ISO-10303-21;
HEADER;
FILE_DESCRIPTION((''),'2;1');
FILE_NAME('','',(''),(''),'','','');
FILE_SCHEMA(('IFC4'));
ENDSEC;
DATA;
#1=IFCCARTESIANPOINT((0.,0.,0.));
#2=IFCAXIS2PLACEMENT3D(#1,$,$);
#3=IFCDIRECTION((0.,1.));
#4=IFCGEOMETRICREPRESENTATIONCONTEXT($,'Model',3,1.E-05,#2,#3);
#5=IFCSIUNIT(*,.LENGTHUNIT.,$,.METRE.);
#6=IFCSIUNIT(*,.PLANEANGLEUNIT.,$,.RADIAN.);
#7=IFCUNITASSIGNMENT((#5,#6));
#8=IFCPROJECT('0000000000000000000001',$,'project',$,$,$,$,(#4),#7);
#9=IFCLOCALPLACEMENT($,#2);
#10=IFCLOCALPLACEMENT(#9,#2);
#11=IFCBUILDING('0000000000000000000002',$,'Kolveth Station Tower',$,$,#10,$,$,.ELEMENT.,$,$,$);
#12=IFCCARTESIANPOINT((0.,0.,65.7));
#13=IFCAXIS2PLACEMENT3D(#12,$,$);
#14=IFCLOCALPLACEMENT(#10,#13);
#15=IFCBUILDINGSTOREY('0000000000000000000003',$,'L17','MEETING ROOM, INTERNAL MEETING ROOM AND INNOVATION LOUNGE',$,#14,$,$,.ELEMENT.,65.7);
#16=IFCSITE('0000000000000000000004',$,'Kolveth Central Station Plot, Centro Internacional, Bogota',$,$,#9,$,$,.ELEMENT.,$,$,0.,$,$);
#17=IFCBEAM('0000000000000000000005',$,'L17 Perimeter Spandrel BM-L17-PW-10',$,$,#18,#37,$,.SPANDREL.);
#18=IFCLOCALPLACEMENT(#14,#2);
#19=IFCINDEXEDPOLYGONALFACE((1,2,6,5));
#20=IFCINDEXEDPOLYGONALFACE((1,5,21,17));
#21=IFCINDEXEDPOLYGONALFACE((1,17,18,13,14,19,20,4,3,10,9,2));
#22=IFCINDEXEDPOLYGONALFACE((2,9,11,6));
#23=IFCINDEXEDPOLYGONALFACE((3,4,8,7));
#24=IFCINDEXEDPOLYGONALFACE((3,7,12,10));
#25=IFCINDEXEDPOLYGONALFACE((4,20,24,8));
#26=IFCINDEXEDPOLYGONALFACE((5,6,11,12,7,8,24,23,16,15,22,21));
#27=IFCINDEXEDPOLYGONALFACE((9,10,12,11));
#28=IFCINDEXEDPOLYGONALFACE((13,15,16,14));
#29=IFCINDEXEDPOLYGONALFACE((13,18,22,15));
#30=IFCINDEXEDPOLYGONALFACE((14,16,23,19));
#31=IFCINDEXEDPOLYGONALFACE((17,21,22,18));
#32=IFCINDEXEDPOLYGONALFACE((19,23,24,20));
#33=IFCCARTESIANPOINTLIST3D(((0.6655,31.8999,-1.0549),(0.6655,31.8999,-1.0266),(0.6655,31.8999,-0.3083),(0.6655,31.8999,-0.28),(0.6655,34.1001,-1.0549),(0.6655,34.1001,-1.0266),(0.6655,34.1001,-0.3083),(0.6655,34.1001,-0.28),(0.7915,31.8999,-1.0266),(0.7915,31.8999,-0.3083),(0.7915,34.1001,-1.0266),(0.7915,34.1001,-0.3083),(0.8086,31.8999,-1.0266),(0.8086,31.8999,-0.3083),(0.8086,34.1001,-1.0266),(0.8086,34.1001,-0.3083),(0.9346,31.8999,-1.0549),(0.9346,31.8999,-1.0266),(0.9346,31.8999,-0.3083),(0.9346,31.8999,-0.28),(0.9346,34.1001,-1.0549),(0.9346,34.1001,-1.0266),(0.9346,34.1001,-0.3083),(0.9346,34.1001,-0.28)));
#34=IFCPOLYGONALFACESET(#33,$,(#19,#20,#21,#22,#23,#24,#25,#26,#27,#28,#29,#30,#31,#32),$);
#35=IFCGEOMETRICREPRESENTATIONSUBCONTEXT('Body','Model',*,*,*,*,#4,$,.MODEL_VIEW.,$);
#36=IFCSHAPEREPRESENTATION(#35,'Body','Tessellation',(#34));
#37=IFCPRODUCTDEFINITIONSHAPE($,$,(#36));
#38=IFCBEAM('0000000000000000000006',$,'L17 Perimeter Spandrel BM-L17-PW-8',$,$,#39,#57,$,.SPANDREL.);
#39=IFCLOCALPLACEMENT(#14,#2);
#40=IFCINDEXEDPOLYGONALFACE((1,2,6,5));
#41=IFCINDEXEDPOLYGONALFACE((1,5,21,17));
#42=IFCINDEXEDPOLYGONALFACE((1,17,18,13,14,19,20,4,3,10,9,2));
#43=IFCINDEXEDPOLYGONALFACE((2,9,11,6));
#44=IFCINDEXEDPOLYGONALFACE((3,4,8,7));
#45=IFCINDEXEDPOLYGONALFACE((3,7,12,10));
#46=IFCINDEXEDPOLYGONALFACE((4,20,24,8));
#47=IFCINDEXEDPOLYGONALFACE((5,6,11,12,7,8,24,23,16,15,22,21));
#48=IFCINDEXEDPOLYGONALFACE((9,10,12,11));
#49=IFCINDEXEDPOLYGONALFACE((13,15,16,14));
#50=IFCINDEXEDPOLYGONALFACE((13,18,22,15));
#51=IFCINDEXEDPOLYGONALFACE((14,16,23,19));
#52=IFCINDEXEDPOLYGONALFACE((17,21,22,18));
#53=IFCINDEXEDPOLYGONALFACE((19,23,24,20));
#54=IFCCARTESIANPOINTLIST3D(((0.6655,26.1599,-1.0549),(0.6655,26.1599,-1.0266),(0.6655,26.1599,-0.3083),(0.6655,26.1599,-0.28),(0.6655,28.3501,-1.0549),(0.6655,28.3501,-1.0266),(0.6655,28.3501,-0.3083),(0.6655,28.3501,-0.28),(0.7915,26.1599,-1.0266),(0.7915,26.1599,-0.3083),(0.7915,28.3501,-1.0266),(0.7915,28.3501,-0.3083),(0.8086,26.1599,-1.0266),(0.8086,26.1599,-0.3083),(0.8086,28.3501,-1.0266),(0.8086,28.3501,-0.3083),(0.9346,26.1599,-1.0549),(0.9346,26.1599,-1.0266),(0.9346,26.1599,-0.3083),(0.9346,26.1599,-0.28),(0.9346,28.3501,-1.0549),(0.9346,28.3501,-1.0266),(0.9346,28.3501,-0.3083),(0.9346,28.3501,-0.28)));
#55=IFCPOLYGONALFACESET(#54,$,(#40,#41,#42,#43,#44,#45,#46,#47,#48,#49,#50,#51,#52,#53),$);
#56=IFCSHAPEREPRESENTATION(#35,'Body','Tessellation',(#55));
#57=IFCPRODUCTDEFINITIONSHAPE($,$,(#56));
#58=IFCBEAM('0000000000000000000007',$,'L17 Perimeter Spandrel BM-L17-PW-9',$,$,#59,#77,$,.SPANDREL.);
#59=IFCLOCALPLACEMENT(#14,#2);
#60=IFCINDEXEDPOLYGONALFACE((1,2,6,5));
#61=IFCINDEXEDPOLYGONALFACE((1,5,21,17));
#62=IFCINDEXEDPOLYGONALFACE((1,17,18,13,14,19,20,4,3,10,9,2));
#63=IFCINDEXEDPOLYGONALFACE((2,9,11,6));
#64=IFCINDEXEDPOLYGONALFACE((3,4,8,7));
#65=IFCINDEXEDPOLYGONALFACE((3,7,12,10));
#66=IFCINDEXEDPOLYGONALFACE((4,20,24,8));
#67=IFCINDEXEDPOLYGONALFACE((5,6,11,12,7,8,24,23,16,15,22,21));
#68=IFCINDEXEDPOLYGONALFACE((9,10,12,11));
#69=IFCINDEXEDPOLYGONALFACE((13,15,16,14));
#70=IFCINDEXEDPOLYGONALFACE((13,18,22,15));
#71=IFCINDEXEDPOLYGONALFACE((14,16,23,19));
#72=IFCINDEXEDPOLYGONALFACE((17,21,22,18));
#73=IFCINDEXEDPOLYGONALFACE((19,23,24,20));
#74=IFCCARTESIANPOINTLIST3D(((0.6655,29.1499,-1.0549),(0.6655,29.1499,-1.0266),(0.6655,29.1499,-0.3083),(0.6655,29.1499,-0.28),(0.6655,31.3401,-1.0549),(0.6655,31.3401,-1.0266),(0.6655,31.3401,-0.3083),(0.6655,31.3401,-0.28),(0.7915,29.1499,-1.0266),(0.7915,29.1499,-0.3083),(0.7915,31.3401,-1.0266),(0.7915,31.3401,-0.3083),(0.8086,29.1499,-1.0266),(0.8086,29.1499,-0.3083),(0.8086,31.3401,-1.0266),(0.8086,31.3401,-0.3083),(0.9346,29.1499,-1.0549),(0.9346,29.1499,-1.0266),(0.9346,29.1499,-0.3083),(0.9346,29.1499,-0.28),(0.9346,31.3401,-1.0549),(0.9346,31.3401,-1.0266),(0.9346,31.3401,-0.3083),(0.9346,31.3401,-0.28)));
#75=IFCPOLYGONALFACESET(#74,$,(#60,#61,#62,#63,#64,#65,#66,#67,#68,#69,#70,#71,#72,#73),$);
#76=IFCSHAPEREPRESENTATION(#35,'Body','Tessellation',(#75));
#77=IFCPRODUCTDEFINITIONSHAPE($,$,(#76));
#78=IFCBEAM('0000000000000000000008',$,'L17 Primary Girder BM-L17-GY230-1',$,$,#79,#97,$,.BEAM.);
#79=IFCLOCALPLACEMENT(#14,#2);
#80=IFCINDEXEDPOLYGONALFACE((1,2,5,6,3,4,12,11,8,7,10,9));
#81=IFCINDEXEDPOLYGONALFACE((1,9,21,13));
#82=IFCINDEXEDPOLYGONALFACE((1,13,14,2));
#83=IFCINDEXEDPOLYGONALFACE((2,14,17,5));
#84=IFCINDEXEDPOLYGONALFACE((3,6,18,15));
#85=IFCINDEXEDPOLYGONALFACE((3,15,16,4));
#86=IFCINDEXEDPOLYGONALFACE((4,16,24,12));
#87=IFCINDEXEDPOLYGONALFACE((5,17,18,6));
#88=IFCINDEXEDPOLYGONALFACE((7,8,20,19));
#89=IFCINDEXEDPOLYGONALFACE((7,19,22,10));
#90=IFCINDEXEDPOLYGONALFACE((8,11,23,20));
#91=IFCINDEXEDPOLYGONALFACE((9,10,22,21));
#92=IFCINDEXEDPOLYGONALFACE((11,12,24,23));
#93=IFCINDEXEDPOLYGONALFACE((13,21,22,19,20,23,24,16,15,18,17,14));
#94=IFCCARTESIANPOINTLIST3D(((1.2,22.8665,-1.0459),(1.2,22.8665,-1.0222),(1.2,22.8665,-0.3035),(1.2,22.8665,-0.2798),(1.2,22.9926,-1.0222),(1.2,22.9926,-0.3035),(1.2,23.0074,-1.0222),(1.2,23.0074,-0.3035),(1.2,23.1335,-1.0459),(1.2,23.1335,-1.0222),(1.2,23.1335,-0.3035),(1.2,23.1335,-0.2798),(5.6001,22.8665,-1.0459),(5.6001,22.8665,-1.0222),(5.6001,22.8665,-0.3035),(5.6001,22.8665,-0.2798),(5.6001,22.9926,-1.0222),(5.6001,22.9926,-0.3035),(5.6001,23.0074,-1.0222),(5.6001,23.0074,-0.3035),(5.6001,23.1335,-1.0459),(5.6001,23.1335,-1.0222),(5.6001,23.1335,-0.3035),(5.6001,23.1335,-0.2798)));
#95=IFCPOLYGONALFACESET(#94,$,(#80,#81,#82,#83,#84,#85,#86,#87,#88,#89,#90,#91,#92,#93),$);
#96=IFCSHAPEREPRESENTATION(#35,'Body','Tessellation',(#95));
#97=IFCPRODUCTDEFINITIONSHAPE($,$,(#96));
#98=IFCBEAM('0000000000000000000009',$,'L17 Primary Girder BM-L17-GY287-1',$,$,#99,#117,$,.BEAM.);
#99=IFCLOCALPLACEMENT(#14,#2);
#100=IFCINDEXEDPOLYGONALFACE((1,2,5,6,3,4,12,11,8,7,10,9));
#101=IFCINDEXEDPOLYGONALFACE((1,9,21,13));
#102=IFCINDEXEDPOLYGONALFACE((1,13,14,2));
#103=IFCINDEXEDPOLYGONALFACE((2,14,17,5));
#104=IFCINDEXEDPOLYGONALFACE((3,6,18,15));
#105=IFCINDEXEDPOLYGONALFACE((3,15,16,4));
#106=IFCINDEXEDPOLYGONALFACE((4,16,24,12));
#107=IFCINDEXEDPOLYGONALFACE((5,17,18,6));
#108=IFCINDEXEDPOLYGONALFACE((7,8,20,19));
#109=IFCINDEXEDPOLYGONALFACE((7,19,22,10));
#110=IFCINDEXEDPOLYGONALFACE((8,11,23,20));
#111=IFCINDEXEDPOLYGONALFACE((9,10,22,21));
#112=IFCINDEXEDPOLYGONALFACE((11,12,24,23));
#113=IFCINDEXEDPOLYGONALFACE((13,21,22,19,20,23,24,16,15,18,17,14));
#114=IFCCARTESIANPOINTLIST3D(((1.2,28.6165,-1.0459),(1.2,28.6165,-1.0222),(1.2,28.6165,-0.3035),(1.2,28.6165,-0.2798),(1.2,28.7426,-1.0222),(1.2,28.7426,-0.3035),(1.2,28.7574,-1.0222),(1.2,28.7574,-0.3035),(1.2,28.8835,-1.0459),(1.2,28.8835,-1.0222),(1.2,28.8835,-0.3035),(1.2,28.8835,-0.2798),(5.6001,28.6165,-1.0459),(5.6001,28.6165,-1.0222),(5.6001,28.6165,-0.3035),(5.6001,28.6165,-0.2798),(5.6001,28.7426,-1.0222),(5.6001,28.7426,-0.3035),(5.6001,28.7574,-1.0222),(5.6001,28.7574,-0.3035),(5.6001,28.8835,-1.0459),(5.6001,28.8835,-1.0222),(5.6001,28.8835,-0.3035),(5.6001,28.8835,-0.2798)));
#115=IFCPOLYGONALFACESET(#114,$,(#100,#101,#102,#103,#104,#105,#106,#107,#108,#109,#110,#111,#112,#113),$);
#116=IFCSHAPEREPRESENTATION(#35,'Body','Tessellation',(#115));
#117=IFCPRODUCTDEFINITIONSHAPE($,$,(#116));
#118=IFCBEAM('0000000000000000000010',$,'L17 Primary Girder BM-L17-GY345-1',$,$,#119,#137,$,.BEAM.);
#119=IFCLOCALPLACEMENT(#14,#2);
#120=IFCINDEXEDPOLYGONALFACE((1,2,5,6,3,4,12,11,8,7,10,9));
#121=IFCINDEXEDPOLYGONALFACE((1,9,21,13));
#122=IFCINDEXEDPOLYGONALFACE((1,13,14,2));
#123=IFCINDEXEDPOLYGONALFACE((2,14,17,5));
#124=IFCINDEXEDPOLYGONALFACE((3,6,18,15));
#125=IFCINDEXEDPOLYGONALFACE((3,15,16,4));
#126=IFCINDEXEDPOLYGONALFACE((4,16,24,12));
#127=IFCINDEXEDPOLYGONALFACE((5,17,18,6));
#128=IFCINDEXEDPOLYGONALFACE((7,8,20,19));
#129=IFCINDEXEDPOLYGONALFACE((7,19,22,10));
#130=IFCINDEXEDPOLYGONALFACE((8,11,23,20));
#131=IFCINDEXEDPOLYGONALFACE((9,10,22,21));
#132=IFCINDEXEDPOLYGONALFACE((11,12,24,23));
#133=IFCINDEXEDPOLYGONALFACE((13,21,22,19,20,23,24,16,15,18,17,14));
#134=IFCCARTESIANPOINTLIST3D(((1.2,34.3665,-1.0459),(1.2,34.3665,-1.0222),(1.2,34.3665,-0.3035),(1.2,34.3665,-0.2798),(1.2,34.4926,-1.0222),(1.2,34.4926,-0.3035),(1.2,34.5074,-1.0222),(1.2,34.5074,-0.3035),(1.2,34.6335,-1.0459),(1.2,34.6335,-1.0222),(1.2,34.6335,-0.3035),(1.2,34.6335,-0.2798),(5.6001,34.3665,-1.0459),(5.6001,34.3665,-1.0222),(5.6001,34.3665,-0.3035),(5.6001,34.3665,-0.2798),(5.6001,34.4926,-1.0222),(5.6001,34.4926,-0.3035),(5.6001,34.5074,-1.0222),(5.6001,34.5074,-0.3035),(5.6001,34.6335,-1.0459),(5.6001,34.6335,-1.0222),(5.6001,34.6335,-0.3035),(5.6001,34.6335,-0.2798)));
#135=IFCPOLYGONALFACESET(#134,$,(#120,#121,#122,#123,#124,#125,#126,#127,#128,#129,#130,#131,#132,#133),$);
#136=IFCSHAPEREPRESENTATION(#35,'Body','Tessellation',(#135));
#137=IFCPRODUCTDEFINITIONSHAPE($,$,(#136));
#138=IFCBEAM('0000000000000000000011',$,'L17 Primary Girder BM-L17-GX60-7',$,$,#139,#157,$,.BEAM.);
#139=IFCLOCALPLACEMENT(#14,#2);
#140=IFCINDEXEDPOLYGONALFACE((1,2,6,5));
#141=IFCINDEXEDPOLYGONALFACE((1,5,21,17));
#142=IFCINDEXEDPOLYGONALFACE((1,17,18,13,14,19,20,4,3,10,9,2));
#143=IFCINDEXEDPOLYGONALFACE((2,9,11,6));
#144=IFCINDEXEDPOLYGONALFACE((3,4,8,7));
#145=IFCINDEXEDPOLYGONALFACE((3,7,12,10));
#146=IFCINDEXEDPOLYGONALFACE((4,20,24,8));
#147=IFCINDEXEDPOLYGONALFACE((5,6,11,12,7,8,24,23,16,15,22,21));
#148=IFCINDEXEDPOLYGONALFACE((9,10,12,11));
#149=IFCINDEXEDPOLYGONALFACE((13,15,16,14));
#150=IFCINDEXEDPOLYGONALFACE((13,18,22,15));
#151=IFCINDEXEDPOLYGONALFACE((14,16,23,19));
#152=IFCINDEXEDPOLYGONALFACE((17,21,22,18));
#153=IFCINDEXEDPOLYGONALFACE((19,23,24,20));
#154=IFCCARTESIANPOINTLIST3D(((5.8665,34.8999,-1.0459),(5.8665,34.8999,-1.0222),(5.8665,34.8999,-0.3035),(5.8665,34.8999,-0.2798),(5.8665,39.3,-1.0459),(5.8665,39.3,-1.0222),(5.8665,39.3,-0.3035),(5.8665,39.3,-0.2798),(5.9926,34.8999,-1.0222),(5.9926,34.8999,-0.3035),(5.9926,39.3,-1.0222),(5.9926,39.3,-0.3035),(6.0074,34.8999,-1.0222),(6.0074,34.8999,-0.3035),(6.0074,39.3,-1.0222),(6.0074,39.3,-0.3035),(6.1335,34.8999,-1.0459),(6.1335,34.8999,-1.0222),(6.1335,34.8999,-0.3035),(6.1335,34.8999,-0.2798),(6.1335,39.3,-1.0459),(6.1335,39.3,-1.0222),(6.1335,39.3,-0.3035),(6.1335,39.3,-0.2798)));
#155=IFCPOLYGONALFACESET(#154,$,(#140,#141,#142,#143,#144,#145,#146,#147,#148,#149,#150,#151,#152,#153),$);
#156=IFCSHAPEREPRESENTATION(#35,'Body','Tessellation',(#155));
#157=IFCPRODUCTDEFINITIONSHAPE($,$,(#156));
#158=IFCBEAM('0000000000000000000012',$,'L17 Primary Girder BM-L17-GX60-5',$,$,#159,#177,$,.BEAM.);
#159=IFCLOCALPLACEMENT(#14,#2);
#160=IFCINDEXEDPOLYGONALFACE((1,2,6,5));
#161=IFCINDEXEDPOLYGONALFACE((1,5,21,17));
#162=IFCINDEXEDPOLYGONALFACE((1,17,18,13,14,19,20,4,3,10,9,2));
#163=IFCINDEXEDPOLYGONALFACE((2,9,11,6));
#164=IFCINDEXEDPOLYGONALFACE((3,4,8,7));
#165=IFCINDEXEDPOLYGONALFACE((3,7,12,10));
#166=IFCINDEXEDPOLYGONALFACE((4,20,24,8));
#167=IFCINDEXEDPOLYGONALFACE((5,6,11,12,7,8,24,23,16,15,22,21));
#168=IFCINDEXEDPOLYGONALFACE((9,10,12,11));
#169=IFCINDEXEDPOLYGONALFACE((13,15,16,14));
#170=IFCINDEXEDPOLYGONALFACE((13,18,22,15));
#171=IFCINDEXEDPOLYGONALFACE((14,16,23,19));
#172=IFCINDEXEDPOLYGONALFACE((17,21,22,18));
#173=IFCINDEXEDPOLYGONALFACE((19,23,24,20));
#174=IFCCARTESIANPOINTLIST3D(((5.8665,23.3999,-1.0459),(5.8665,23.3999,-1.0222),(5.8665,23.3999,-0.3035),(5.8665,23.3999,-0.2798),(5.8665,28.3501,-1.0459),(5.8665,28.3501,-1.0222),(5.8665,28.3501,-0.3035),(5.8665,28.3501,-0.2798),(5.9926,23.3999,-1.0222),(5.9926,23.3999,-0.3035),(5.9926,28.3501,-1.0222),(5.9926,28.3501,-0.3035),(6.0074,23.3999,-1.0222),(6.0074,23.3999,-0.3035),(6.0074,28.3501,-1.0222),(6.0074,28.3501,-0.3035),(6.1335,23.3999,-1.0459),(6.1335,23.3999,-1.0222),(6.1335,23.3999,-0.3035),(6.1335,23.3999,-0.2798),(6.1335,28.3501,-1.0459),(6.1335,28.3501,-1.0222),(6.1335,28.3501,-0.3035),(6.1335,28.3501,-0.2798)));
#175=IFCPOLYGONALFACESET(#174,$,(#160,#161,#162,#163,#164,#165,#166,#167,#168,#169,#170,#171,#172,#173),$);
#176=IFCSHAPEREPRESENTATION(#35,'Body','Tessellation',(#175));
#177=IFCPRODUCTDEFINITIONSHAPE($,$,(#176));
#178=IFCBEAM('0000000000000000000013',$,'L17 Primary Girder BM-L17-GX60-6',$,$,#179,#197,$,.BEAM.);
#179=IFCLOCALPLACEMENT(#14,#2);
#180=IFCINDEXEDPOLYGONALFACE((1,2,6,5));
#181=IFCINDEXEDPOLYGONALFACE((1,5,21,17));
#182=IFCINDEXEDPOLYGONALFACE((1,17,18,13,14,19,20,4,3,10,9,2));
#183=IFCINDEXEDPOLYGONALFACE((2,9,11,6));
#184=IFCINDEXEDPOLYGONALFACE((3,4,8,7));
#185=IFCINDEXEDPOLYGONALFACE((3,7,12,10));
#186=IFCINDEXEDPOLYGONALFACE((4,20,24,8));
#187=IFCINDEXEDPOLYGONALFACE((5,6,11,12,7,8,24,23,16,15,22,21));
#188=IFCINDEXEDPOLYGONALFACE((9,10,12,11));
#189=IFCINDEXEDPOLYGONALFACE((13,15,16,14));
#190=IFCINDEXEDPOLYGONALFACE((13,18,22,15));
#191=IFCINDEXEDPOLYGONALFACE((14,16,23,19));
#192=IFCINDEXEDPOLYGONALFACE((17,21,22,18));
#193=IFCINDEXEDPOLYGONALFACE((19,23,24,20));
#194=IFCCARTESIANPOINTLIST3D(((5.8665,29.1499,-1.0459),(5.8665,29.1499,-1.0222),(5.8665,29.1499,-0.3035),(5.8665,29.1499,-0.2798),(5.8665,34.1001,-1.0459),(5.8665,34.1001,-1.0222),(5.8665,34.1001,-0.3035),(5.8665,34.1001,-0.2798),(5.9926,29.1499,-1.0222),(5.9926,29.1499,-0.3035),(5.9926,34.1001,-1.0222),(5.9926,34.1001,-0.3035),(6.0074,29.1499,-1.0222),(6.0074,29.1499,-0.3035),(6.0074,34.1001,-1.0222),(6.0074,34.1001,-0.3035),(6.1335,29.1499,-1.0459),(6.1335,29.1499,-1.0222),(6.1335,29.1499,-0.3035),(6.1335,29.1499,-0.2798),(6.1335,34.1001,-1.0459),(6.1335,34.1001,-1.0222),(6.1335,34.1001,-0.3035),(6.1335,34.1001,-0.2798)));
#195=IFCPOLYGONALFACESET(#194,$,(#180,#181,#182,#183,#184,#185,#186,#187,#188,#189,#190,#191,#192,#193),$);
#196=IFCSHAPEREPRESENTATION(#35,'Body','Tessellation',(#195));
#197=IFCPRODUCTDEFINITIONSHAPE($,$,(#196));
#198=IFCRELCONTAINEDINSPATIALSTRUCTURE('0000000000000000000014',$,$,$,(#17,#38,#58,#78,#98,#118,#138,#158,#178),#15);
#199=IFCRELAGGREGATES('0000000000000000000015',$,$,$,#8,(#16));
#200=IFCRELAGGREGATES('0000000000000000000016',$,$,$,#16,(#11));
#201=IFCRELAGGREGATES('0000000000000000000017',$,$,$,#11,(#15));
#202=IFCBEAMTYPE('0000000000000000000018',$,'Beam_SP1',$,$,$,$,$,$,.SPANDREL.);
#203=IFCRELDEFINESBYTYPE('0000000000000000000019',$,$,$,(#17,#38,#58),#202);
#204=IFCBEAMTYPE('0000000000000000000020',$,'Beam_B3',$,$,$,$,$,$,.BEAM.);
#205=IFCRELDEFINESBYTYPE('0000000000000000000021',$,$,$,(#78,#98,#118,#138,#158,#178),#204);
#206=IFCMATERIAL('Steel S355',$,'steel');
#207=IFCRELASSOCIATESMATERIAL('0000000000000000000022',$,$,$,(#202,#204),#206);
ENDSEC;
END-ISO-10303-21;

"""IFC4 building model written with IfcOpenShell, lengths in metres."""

from ifc_helpers import new_model, si_unit, direction, frame, origin, origin_2d, place, context, subcontext, project, spatial, i_section, extrude, source, transform, mapped, material, material_profile, profile_set, type_object, element, save


model = new_model("IFC4")

# Units and contexts
model_context = context("Model", 3, precision=1e-05, world=origin(), true_north=direction((0.0, 1.0)))
body_context = subcontext(model_context, "Body", "Model", "MODEL_VIEW")
ifc_project = project(units=[si_unit("LENGTHUNIT", "METRE"), si_unit("PLANEANGLEUNIT", "RADIAN")], contexts=[model_context])

# Site, building, storey
site_placement = place(None, origin())
site = spatial("IfcSite", under=ifc_project, at=site_placement, Name="Kolveth Central Station Plot, Centro Internacional, Bogota", CompositionType="ELEMENT", RefElevation=0.0)
building_placement = place(site_placement, origin())
building = spatial("IfcBuilding", under=site, at=building_placement, Name="Kolveth Station Tower", CompositionType="ELEMENT")
storey_placement = place(building_placement, frame((0.0, 0.0, 65.7)))
storey = spatial("IfcBuildingStorey", under=building, at=storey_placement, Name="L17", Description="MEETING ROOM, INTERNAL MEETING ROOM AND INNOVATION LOUNGE", CompositionType="ELEMENT", Elevation=65.7)

# Shared definitions
ifc_material_1 = material(Name="Steel S355", Category="steel")

# Beams
ifc_material_profile_1 = material_profile(ifc_material_1, i_section(OverallWidth=0.269, OverallDepth=0.7749, WebThickness=0.0171, FlangeThickness=0.0283, at=origin_2d()), Name="W760x220")
ifc_profile_set_1 = profile_set([ifc_material_profile_1], Name="Steel S355")
beam_type_1 = type_object("IfcBeamType", Name="Beam_SP1", PredefinedType="SPANDREL", material=ifc_profile_set_1)
shared_shape_1 = source(origin(), body_context, "Body", "SweptSolid", [
    extrude(i_section(OverallWidth=0.269, OverallDepth=0.7749, WebThickness=0.0171, FlangeThickness=0.0283, at=origin_2d()), origin(), (0.0, 0.0, 1.0), 2.2002),
])
for number, where, z_axis, x_axis, name in (
    (1, (0.8, 31.8999, -0.6675), (0.0, 1.0, 0.0), (-1.0, 0.0, 0.0), "L17 Perimeter Spandrel BM-L17-PW-10"),
):
    element("IfcBeam", number, at=place(storey_placement, frame(where, z_axis=z_axis, x_axis=x_axis)), inside=storey, type_object=beam_type_1, Name=name, PredefinedType="SPANDREL", context=body_context, shape_type="MappedRepresentation", body=[
        mapped(shared_shape_1, transform((0.0, 0.0, 0.0), x_axis=(1.0, 0.0, 0.0), y_axis=(0.0, 1.0, 0.0), z_axis=(0.0, 0.0, 1.0), scale=1.0)),
    ])
shared_shape_2 = source(origin(), body_context, "Body", "SweptSolid", [
    extrude(i_section(OverallWidth=0.269, OverallDepth=0.7749, WebThickness=0.0171, FlangeThickness=0.0283, at=origin_2d()), origin(), (0.0, 0.0, 1.0), 2.1902),
])
for number, where, z_axis, x_axis, name in (
    (2, (0.8, 26.1599, -0.6675), (0.0, 1.0, 0.0), (-1.0, 0.0, 0.0), "L17 Perimeter Spandrel BM-L17-PW-8"),
    (3, (0.8, 29.1499, -0.6675), (0.0, 1.0, 0.0), (-1.0, 0.0, 0.0), "L17 Perimeter Spandrel BM-L17-PW-9"),
):
    element("IfcBeam", number, at=place(storey_placement, frame(where, z_axis=z_axis, x_axis=x_axis)), inside=storey, type_object=beam_type_1, Name=name, PredefinedType="SPANDREL", context=body_context, shape_type="MappedRepresentation", body=[
        mapped(shared_shape_2, transform((0.0, 0.0, 0.0), x_axis=(1.0, 0.0, 0.0), y_axis=(0.0, 1.0, 0.0), z_axis=(0.0, 0.0, 1.0), scale=1.0)),
    ])
ifc_material_profile_2 = material_profile(ifc_material_1, i_section(OverallWidth=0.2671, OverallDepth=0.7661, WebThickness=0.0149, FlangeThickness=0.0237, at=origin_2d()), Name="W760x185")
ifc_profile_set_2 = profile_set([ifc_material_profile_2], Name="Steel S355")
beam_type_2 = type_object("IfcBeamType", Name="Beam_B3", PredefinedType="BEAM", material=ifc_profile_set_2)
shared_shape_3 = source(origin(), body_context, "Body", "SweptSolid", [
    extrude(i_section(OverallWidth=0.2671, OverallDepth=0.7661, WebThickness=0.0149, FlangeThickness=0.0237, at=origin_2d()), origin(), (0.0, 0.0, 1.0), 4.4001),
])
for number, where, z_axis, x_axis, name in (
    (4, (1.2, 23.0, -0.6628), (1.0, 0.0, 0.0), (0.0, 1.0, 0.0), "L17 Primary Girder BM-L17-GY230-1"),
    (5, (1.2, 28.75, -0.6628), (1.0, 0.0, 0.0), (0.0, 1.0, 0.0), "L17 Primary Girder BM-L17-GY287-1"),
    (6, (1.2, 34.5, -0.6628), (1.0, 0.0, 0.0), (0.0, 1.0, 0.0), "L17 Primary Girder BM-L17-GY345-1"),
    (7, (6.0, 34.8999, -0.6628), (0.0, 1.0, 0.0), (-1.0, 0.0, 0.0), "L17 Primary Girder BM-L17-GX60-7"),
):
    element("IfcBeam", number, at=place(storey_placement, frame(where, z_axis=z_axis, x_axis=x_axis)), inside=storey, type_object=beam_type_2, Name=name, PredefinedType="BEAM", context=body_context, shape_type="MappedRepresentation", body=[
        mapped(shared_shape_3, transform((0.0, 0.0, 0.0), x_axis=(1.0, 0.0, 0.0), y_axis=(0.0, 1.0, 0.0), z_axis=(0.0, 0.0, 1.0), scale=1.0)),
    ])
shared_shape_4 = source(origin(), body_context, "Body", "SweptSolid", [
    extrude(i_section(OverallWidth=0.2671, OverallDepth=0.7661, WebThickness=0.0149, FlangeThickness=0.0237, at=origin_2d()), origin(), (0.0, 0.0, 1.0), 4.9502),
])
for number, where, z_axis, x_axis, name in (
    (8, (6.0, 23.3999, -0.6628), (0.0, 1.0, 0.0), (-1.0, 0.0, 0.0), "L17 Primary Girder BM-L17-GX60-5"),
    (9, (6.0, 29.1499, -0.6628), (0.0, 1.0, 0.0), (-1.0, 0.0, 0.0), "L17 Primary Girder BM-L17-GX60-6"),
):
    element("IfcBeam", number, at=place(storey_placement, frame(where, z_axis=z_axis, x_axis=x_axis)), inside=storey, type_object=beam_type_2, Name=name, PredefinedType="BEAM", context=body_context, shape_type="MappedRepresentation", body=[
        mapped(shared_shape_4, transform((0.0, 0.0, 0.0), x_axis=(1.0, 0.0, 0.0), y_axis=(0.0, 1.0, 0.0), z_axis=(0.0, 0.0, 1.0), scale=1.0)),
    ])

save(model, "model.ifc")
